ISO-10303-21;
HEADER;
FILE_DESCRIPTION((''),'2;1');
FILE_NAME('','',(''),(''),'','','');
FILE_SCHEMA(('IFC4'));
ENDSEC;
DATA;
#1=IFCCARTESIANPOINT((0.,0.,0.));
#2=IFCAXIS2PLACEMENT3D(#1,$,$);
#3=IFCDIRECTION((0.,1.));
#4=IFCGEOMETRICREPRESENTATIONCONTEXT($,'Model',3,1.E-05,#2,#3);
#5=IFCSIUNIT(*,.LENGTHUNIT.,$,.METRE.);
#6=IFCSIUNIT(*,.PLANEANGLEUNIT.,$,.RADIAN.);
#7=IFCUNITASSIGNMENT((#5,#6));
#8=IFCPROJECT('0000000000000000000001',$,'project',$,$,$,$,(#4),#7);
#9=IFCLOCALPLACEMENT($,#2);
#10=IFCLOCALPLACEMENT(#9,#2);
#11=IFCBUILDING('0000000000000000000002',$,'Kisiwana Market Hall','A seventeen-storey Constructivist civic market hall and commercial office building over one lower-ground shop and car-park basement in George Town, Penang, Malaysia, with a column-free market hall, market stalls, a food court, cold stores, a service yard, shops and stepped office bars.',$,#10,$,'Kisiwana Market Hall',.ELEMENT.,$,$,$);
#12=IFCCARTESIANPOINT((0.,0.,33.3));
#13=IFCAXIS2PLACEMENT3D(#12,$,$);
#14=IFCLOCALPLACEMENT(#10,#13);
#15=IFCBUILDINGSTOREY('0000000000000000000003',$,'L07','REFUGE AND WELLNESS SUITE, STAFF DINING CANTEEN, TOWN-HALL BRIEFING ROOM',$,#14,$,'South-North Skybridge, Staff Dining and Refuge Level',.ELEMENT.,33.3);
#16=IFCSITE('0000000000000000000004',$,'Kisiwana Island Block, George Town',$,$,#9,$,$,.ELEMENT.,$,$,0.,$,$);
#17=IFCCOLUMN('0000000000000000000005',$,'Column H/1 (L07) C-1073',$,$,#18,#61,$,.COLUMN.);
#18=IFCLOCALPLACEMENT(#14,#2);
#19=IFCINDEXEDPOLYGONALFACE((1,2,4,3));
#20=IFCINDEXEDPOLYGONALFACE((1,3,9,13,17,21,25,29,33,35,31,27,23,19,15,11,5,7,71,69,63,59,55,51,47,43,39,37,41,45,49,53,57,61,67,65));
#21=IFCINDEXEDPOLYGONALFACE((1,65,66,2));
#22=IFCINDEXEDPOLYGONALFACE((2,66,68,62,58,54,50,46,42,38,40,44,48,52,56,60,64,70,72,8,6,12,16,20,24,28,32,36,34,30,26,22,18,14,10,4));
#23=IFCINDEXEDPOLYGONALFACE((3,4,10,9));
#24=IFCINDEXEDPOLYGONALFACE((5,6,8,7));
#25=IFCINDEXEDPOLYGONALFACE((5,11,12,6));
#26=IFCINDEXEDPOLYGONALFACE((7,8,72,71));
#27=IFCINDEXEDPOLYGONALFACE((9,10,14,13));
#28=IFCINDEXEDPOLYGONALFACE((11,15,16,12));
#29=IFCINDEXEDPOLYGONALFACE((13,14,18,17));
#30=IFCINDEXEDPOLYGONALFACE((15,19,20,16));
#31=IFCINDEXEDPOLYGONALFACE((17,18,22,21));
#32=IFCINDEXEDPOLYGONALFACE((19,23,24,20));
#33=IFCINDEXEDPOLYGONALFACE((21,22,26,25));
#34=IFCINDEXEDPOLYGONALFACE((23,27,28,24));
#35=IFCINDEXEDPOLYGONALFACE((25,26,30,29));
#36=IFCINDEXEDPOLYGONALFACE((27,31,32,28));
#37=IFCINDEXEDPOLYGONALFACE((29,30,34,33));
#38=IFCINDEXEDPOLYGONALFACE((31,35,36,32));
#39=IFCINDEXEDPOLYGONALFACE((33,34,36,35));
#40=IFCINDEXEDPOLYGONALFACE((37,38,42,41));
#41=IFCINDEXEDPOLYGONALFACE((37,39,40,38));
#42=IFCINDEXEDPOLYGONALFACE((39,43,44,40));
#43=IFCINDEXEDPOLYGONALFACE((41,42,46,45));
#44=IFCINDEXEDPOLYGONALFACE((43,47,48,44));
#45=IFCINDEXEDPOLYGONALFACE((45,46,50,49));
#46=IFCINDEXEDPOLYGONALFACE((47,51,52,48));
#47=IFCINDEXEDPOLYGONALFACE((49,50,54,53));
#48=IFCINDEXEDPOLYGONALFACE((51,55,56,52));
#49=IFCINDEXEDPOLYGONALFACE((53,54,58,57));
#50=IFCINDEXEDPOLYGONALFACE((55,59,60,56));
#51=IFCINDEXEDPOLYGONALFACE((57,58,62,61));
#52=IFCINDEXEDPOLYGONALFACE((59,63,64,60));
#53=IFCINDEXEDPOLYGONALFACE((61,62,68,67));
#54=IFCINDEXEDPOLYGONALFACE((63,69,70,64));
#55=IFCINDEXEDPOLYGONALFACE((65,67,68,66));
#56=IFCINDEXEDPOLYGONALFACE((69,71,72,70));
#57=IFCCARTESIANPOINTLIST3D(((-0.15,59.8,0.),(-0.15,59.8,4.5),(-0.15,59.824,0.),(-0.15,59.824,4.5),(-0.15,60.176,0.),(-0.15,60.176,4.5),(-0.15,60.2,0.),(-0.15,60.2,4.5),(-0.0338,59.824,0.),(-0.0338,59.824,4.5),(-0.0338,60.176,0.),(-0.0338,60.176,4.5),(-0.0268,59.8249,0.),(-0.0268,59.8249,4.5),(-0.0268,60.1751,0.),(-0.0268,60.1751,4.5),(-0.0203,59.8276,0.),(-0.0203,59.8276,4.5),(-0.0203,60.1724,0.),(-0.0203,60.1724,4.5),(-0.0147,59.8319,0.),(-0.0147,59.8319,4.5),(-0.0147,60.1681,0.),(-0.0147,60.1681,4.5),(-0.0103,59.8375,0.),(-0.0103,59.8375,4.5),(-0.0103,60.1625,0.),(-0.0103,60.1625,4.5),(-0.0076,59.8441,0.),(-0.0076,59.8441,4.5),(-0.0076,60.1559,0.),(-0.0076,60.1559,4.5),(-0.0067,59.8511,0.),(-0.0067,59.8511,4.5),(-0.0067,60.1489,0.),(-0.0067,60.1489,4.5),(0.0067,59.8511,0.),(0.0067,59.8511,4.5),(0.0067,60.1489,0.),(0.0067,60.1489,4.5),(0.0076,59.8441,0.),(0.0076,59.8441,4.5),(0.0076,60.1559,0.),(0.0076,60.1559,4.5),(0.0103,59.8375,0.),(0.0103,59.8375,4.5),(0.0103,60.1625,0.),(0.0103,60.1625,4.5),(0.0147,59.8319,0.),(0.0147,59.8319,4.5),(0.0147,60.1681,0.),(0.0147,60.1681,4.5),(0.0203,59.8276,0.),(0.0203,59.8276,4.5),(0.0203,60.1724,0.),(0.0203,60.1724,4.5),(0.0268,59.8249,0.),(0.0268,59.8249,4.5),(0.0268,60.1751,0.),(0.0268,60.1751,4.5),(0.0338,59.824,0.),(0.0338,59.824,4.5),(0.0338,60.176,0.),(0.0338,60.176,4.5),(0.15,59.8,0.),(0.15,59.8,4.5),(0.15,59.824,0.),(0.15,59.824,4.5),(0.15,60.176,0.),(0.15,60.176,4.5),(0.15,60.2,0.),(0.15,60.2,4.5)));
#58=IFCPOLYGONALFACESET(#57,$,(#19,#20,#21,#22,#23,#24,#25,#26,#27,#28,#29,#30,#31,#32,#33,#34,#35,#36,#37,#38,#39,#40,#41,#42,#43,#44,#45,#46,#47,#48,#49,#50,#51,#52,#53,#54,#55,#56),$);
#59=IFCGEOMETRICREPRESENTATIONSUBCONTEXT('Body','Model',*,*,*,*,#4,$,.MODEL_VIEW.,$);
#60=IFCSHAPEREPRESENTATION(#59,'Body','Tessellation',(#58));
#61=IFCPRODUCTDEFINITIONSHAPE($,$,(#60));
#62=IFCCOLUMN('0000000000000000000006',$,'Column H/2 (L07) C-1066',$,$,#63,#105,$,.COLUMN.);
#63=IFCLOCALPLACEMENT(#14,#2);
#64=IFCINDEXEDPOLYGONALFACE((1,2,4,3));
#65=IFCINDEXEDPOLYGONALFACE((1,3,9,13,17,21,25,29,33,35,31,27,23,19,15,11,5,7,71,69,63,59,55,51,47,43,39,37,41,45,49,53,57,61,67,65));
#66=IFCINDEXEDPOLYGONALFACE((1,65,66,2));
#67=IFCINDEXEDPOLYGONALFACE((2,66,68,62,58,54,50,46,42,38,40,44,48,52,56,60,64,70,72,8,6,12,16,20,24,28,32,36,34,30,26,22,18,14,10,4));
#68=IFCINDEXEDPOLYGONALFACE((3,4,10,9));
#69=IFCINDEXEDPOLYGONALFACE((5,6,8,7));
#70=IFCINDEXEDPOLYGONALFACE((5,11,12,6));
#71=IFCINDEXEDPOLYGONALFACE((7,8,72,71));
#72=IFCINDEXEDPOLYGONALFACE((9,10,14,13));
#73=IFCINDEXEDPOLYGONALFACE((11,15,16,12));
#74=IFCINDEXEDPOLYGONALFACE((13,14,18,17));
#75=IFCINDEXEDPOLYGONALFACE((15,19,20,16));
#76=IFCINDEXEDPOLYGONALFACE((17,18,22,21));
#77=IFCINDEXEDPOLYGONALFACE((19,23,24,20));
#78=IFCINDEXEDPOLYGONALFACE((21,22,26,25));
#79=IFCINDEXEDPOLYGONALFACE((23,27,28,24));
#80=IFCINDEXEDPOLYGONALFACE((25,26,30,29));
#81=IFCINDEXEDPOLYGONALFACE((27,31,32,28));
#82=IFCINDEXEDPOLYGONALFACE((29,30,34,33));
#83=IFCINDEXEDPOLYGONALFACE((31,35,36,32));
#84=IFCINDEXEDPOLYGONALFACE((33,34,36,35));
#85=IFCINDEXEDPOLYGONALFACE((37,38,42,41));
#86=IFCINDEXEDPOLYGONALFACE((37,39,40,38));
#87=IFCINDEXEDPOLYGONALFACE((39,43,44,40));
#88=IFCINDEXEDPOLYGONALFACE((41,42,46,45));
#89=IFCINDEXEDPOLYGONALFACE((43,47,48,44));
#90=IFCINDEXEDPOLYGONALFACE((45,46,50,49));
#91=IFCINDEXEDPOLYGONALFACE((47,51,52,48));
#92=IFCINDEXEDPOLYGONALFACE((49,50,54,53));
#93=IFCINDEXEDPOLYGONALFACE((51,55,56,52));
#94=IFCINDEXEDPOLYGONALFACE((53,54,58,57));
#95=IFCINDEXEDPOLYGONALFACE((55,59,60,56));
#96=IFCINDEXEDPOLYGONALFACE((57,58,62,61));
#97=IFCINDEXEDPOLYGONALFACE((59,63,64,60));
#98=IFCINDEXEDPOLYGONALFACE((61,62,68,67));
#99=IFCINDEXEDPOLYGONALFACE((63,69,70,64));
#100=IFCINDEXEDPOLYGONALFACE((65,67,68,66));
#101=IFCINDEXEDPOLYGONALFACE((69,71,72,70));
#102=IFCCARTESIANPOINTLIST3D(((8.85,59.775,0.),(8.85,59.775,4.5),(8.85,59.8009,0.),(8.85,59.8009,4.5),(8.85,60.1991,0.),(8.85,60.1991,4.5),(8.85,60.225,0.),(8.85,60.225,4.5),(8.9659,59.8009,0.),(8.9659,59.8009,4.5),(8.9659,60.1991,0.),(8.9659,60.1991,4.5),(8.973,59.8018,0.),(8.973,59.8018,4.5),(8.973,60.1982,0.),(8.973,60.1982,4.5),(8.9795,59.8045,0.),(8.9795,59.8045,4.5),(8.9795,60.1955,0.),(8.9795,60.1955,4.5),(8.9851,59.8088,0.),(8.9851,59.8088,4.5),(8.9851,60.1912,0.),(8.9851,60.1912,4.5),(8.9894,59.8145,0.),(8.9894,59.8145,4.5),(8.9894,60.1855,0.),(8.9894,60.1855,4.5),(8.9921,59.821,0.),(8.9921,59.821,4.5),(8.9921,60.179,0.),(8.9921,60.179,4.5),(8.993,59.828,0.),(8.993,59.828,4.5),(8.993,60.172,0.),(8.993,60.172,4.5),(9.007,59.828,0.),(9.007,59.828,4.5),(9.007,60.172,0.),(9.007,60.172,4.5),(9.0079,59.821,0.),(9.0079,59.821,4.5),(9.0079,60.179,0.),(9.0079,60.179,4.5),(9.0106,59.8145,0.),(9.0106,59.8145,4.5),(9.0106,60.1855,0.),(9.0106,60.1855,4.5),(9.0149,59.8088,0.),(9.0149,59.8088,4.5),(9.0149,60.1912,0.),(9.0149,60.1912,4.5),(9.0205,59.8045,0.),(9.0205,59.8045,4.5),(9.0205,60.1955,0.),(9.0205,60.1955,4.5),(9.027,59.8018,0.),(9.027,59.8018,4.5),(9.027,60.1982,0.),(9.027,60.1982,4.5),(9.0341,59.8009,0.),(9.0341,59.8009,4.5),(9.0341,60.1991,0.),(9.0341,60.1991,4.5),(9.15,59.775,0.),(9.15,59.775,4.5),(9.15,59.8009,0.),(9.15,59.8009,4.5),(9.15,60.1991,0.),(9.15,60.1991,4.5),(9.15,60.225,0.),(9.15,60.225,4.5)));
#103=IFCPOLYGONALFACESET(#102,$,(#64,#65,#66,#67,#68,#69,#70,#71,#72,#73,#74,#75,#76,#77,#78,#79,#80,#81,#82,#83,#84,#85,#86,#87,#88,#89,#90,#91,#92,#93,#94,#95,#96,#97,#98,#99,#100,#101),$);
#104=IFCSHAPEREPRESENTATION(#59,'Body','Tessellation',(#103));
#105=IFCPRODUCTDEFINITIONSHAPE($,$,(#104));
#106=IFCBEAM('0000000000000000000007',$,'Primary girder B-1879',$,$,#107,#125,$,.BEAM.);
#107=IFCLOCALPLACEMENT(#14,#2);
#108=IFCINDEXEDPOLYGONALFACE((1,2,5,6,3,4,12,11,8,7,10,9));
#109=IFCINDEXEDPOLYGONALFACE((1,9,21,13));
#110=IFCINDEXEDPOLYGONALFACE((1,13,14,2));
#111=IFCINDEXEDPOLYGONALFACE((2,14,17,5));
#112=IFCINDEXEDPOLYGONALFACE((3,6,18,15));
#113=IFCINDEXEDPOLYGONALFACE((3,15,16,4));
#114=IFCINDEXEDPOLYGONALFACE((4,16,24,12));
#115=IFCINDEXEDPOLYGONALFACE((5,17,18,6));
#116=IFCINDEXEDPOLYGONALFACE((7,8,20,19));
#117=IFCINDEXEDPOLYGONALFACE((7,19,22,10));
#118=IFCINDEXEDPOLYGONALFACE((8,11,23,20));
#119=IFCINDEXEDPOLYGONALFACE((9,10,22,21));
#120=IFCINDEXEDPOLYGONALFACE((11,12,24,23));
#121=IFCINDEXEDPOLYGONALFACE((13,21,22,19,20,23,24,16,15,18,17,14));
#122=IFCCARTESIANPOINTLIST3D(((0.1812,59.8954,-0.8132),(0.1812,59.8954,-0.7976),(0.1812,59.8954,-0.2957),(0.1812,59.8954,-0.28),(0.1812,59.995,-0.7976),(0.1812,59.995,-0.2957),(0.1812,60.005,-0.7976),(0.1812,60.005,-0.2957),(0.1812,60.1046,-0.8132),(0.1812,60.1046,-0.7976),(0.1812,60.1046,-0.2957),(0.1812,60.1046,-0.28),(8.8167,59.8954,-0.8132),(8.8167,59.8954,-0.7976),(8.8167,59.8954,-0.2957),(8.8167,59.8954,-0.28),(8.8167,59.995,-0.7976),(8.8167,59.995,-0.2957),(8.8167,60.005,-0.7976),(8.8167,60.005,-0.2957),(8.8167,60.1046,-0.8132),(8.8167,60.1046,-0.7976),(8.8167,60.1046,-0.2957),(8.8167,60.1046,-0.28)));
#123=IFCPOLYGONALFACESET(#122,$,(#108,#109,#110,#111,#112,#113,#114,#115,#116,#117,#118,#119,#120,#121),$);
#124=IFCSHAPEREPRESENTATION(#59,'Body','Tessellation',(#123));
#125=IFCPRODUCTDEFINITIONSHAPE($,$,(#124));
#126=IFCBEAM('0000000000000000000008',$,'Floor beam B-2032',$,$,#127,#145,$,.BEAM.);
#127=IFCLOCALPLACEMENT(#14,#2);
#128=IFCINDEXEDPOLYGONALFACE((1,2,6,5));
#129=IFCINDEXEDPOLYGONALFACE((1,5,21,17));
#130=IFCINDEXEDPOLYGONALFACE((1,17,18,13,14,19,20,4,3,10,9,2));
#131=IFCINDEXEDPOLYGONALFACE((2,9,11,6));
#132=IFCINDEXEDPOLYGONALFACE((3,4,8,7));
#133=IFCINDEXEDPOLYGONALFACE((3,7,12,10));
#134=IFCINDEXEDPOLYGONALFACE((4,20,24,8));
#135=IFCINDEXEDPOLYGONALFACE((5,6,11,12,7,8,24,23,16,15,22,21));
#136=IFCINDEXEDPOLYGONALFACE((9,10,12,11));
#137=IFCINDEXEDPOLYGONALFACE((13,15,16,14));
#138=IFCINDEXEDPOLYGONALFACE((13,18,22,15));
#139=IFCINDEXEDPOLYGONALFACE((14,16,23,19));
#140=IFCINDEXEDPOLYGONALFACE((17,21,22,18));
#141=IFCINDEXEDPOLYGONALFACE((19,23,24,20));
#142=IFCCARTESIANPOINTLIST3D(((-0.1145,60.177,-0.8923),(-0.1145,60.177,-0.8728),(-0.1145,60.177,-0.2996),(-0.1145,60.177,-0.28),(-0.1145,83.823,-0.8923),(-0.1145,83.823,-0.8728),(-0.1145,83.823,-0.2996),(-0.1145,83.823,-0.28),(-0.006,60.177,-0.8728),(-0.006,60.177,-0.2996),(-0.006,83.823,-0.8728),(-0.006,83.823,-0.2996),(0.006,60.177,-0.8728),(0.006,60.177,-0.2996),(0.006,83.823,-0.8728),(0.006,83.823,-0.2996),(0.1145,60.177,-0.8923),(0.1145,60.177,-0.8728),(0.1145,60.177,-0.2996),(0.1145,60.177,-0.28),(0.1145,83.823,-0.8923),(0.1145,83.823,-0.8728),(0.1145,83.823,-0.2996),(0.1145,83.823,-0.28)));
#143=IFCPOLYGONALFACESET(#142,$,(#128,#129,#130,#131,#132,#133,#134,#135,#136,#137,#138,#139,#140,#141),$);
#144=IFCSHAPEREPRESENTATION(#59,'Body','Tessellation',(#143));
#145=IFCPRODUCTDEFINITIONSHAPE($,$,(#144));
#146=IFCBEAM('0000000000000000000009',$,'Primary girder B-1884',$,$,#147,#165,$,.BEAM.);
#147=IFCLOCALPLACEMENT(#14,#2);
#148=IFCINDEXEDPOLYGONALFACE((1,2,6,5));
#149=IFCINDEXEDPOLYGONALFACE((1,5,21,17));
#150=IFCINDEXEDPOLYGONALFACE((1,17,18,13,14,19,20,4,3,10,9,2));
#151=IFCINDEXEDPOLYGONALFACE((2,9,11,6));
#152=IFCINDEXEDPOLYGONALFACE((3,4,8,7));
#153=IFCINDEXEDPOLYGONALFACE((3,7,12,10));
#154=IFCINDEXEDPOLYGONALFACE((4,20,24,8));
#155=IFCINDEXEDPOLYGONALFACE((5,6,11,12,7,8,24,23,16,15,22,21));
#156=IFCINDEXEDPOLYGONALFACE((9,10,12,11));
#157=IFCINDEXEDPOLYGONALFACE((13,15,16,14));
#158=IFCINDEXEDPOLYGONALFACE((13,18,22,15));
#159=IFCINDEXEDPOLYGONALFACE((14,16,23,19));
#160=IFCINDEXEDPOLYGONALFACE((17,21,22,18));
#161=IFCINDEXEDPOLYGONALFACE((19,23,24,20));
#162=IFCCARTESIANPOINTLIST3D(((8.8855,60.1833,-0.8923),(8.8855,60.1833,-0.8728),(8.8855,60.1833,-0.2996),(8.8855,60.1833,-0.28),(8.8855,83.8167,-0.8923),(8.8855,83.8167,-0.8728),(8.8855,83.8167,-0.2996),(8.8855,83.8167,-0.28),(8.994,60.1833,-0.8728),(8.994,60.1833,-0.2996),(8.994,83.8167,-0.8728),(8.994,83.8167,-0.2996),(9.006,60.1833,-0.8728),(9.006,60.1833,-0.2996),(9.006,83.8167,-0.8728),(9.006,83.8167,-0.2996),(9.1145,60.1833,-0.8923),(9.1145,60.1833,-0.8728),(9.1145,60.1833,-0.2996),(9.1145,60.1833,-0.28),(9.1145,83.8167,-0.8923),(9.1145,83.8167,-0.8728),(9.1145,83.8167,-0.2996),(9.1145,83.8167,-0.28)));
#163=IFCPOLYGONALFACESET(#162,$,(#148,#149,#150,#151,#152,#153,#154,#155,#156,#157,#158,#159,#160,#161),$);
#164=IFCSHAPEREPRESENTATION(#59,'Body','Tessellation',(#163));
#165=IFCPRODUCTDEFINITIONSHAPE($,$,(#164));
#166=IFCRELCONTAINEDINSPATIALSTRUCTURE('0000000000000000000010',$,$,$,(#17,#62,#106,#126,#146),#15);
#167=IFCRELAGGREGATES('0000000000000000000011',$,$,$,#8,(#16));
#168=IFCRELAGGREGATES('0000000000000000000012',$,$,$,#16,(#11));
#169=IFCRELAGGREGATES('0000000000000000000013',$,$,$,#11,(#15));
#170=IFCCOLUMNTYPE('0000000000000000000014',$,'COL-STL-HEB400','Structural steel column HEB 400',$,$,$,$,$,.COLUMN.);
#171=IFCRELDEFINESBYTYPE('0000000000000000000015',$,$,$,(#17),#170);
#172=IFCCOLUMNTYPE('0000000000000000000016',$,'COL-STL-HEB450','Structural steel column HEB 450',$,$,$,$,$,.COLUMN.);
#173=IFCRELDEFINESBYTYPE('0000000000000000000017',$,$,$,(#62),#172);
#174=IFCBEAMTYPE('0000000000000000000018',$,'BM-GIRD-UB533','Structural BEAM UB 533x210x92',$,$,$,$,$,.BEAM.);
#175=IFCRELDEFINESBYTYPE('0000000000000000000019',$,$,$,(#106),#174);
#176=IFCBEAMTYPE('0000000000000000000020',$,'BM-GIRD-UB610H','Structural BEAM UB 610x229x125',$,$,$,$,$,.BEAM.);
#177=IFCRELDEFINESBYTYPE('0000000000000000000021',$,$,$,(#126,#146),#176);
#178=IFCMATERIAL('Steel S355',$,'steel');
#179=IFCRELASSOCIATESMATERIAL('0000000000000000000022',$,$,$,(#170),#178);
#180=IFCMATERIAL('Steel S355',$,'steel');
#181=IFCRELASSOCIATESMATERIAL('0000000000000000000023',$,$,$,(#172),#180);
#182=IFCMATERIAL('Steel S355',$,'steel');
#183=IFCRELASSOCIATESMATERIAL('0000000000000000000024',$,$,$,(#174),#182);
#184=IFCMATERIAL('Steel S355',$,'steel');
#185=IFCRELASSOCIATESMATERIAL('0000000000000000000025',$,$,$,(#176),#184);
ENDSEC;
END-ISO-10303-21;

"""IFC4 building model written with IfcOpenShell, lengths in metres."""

from ifc_helpers import new_model, si_unit, direction, frame, origin, origin_2d, place, context, subcontext, project, spatial, i_section, extrude, material, material_profile, profile_set, type_object, element, save


model = new_model("IFC4")

# Units and contexts
model_context = context("Model", 3, precision=1e-05, world=origin(), true_north=direction((0.0, 1.0)))
body_context = subcontext(model_context, "Body", "Model", "MODEL_VIEW")
ifc_project = project(units=[si_unit("LENGTHUNIT", "METRE"), si_unit("PLANEANGLEUNIT", "RADIAN")], contexts=[model_context])

# Site, building, storey
site_placement = place(None, origin())
site = spatial("IfcSite", under=ifc_project, at=site_placement, Name="Kisiwana Island Block, George Town", CompositionType="ELEMENT", RefElevation=0.0)
building_placement = place(site_placement, origin())
building = spatial("IfcBuilding", under=site, at=building_placement, Name="Kisiwana Market Hall", Description="A seventeen-storey Constructivist civic market hall and commercial office building over one lower-ground shop and car-park basement in George Town, Penang, Malaysia, with a column-free market hall, market stalls, a food court, cold stores, a service yard, shops and stepped office bars.", LongName="Kisiwana Market Hall", CompositionType="ELEMENT")
storey_placement = place(building_placement, frame((0.0, 0.0, 33.3)))
storey = spatial("IfcBuildingStorey", under=building, at=storey_placement, Name="L07", Description="REFUGE AND WELLNESS SUITE, STAFF DINING CANTEEN, TOWN-HALL BRIEFING ROOM", LongName="South-North Skybridge, Staff Dining and Refuge Level", CompositionType="ELEMENT", Elevation=33.3)

# Columns
ifc_material_1 = material(Name="Steel S355", Category="steel")
ifc_material_profile_1 = material_profile(ifc_material_1, i_section(OverallWidth=0.3, OverallDepth=0.3999, WebThickness=0.0134, FlangeThickness=0.0239, FilletRadius=0.0271, at=origin_2d()), Name="HEB 400")
ifc_profile_set_1 = profile_set([ifc_material_profile_1], Name="Steel S355")
column_type_1 = type_object("IfcColumnType", Name="COL-STL-HEB400", Description="Structural steel column HEB 400", PredefinedType="COLUMN", material=ifc_profile_set_1)
column_1_placement = place(storey_placement, frame((0.0, 60.0, 0.0), z_axis=(0.0, 0.0, 1.0), x_axis=(1.0, 0.0, 0.0)))
element("IfcColumn", 1, at=column_1_placement, inside=storey, type_object=column_type_1, Name="Column H/1 (L07) C-1073", PredefinedType="COLUMN", context=body_context, shape_type="SweptSolid", body=[
    extrude(i_section(OverallWidth=0.3, OverallDepth=0.3999, WebThickness=0.0134, FlangeThickness=0.0239, FilletRadius=0.0271, at=origin_2d()), origin(), (0.0, 0.0, 1.0), 4.5),
])
ifc_material_2 = material(Name="Steel S355", Category="steel")
ifc_material_profile_2 = material_profile(ifc_material_2, i_section(OverallWidth=0.3, OverallDepth=0.45, WebThickness=0.0139, FlangeThickness=0.0259, FilletRadius=0.0271, at=origin_2d()), Name="HEB 450")
ifc_profile_set_2 = profile_set([ifc_material_profile_2], Name="Steel S355")
column_type_2 = type_object("IfcColumnType", Name="COL-STL-HEB450", Description="Structural steel column HEB 450", PredefinedType="COLUMN", material=ifc_profile_set_2)
column_2_placement = place(storey_placement, frame((9.0, 60.0, 0.0), z_axis=(0.0, 0.0, 1.0), x_axis=(1.0, 0.0, 0.0)))
element("IfcColumn", 2, at=column_2_placement, inside=storey, type_object=column_type_2, Name="Column H/2 (L07) C-1066", PredefinedType="COLUMN", context=body_context, shape_type="SweptSolid", body=[
    extrude(i_section(OverallWidth=0.3, OverallDepth=0.45, WebThickness=0.0139, FlangeThickness=0.0259, FilletRadius=0.0271, at=origin_2d()), origin(), (0.0, 0.0, 1.0), 4.5),
])

# Beams
ifc_material_3 = material(Name="Steel S355", Category="steel")
ifc_material_profile_3 = material_profile(ifc_material_3, i_section(OverallWidth=0.2092, OverallDepth=0.5332, WebThickness=0.01, FlangeThickness=0.0156, at=origin_2d()), Name="UB 533x210x92")
ifc_profile_set_3 = profile_set([ifc_material_profile_3], Name="Steel S355")
beam_type_1 = type_object("IfcBeamType", Name="BM-GIRD-UB533", Description="Structural BEAM UB 533x210x92", PredefinedType="BEAM", material=ifc_profile_set_3)
beam_1_placement = place(storey_placement, frame((0.1812, 60.0, -0.5466), z_axis=(1.0, 0.0, 0.0), x_axis=(0.0, 1.0, 0.0)))
element("IfcBeam", 3, at=beam_1_placement, inside=storey, type_object=beam_type_1, Name="Primary girder B-1879", PredefinedType="BEAM", context=body_context, shape_type="SweptSolid", body=[
    extrude(i_section(OverallWidth=0.2092, OverallDepth=0.5332, WebThickness=0.01, FlangeThickness=0.0156, at=origin_2d()), origin(), (0.0, 0.0, 1.0), 8.6355),
])
ifc_material_4 = material(Name="Steel S355", Category="steel")
ifc_material_profile_4 = material_profile(ifc_material_4, i_section(OverallWidth=0.229, OverallDepth=0.6123, WebThickness=0.012, FlangeThickness=0.0195, at=origin_2d()), Name="UB 610x229x125")
ifc_profile_set_4 = profile_set([ifc_material_profile_4], Name="Steel S355")
beam_type_2 = type_object("IfcBeamType", Name="BM-GIRD-UB610H", Description="Structural BEAM UB 610x229x125", PredefinedType="BEAM", material=ifc_profile_set_4)
beam_2_placement = place(storey_placement, frame((0.0, 60.177, -0.5862), z_axis=(0.0, 1.0, 0.0), x_axis=(-1.0, 0.0, 0.0)))
element("IfcBeam", 4, at=beam_2_placement, inside=storey, type_object=beam_type_2, Name="Floor beam B-2032", PredefinedType="BEAM", context=body_context, shape_type="SweptSolid", body=[
    extrude(i_section(OverallWidth=0.229, OverallDepth=0.6123, WebThickness=0.012, FlangeThickness=0.0195, at=origin_2d()), origin(), (0.0, 0.0, 1.0), 23.646),
])
beam_3_placement = place(storey_placement, frame((9.0, 60.1833, -0.5862), z_axis=(0.0, 1.0, 0.0), x_axis=(-1.0, 0.0, 0.0)))
element("IfcBeam", 5, at=beam_3_placement, inside=storey, type_object=beam_type_2, Name="Primary girder B-1884", PredefinedType="BEAM", context=body_context, shape_type="SweptSolid", body=[
    extrude(i_section(OverallWidth=0.229, OverallDepth=0.6123, WebThickness=0.012, FlangeThickness=0.0195, at=origin_2d()), origin(), (0.0, 0.0, 1.0), 23.6333),
])

save(model, "model.ifc")
